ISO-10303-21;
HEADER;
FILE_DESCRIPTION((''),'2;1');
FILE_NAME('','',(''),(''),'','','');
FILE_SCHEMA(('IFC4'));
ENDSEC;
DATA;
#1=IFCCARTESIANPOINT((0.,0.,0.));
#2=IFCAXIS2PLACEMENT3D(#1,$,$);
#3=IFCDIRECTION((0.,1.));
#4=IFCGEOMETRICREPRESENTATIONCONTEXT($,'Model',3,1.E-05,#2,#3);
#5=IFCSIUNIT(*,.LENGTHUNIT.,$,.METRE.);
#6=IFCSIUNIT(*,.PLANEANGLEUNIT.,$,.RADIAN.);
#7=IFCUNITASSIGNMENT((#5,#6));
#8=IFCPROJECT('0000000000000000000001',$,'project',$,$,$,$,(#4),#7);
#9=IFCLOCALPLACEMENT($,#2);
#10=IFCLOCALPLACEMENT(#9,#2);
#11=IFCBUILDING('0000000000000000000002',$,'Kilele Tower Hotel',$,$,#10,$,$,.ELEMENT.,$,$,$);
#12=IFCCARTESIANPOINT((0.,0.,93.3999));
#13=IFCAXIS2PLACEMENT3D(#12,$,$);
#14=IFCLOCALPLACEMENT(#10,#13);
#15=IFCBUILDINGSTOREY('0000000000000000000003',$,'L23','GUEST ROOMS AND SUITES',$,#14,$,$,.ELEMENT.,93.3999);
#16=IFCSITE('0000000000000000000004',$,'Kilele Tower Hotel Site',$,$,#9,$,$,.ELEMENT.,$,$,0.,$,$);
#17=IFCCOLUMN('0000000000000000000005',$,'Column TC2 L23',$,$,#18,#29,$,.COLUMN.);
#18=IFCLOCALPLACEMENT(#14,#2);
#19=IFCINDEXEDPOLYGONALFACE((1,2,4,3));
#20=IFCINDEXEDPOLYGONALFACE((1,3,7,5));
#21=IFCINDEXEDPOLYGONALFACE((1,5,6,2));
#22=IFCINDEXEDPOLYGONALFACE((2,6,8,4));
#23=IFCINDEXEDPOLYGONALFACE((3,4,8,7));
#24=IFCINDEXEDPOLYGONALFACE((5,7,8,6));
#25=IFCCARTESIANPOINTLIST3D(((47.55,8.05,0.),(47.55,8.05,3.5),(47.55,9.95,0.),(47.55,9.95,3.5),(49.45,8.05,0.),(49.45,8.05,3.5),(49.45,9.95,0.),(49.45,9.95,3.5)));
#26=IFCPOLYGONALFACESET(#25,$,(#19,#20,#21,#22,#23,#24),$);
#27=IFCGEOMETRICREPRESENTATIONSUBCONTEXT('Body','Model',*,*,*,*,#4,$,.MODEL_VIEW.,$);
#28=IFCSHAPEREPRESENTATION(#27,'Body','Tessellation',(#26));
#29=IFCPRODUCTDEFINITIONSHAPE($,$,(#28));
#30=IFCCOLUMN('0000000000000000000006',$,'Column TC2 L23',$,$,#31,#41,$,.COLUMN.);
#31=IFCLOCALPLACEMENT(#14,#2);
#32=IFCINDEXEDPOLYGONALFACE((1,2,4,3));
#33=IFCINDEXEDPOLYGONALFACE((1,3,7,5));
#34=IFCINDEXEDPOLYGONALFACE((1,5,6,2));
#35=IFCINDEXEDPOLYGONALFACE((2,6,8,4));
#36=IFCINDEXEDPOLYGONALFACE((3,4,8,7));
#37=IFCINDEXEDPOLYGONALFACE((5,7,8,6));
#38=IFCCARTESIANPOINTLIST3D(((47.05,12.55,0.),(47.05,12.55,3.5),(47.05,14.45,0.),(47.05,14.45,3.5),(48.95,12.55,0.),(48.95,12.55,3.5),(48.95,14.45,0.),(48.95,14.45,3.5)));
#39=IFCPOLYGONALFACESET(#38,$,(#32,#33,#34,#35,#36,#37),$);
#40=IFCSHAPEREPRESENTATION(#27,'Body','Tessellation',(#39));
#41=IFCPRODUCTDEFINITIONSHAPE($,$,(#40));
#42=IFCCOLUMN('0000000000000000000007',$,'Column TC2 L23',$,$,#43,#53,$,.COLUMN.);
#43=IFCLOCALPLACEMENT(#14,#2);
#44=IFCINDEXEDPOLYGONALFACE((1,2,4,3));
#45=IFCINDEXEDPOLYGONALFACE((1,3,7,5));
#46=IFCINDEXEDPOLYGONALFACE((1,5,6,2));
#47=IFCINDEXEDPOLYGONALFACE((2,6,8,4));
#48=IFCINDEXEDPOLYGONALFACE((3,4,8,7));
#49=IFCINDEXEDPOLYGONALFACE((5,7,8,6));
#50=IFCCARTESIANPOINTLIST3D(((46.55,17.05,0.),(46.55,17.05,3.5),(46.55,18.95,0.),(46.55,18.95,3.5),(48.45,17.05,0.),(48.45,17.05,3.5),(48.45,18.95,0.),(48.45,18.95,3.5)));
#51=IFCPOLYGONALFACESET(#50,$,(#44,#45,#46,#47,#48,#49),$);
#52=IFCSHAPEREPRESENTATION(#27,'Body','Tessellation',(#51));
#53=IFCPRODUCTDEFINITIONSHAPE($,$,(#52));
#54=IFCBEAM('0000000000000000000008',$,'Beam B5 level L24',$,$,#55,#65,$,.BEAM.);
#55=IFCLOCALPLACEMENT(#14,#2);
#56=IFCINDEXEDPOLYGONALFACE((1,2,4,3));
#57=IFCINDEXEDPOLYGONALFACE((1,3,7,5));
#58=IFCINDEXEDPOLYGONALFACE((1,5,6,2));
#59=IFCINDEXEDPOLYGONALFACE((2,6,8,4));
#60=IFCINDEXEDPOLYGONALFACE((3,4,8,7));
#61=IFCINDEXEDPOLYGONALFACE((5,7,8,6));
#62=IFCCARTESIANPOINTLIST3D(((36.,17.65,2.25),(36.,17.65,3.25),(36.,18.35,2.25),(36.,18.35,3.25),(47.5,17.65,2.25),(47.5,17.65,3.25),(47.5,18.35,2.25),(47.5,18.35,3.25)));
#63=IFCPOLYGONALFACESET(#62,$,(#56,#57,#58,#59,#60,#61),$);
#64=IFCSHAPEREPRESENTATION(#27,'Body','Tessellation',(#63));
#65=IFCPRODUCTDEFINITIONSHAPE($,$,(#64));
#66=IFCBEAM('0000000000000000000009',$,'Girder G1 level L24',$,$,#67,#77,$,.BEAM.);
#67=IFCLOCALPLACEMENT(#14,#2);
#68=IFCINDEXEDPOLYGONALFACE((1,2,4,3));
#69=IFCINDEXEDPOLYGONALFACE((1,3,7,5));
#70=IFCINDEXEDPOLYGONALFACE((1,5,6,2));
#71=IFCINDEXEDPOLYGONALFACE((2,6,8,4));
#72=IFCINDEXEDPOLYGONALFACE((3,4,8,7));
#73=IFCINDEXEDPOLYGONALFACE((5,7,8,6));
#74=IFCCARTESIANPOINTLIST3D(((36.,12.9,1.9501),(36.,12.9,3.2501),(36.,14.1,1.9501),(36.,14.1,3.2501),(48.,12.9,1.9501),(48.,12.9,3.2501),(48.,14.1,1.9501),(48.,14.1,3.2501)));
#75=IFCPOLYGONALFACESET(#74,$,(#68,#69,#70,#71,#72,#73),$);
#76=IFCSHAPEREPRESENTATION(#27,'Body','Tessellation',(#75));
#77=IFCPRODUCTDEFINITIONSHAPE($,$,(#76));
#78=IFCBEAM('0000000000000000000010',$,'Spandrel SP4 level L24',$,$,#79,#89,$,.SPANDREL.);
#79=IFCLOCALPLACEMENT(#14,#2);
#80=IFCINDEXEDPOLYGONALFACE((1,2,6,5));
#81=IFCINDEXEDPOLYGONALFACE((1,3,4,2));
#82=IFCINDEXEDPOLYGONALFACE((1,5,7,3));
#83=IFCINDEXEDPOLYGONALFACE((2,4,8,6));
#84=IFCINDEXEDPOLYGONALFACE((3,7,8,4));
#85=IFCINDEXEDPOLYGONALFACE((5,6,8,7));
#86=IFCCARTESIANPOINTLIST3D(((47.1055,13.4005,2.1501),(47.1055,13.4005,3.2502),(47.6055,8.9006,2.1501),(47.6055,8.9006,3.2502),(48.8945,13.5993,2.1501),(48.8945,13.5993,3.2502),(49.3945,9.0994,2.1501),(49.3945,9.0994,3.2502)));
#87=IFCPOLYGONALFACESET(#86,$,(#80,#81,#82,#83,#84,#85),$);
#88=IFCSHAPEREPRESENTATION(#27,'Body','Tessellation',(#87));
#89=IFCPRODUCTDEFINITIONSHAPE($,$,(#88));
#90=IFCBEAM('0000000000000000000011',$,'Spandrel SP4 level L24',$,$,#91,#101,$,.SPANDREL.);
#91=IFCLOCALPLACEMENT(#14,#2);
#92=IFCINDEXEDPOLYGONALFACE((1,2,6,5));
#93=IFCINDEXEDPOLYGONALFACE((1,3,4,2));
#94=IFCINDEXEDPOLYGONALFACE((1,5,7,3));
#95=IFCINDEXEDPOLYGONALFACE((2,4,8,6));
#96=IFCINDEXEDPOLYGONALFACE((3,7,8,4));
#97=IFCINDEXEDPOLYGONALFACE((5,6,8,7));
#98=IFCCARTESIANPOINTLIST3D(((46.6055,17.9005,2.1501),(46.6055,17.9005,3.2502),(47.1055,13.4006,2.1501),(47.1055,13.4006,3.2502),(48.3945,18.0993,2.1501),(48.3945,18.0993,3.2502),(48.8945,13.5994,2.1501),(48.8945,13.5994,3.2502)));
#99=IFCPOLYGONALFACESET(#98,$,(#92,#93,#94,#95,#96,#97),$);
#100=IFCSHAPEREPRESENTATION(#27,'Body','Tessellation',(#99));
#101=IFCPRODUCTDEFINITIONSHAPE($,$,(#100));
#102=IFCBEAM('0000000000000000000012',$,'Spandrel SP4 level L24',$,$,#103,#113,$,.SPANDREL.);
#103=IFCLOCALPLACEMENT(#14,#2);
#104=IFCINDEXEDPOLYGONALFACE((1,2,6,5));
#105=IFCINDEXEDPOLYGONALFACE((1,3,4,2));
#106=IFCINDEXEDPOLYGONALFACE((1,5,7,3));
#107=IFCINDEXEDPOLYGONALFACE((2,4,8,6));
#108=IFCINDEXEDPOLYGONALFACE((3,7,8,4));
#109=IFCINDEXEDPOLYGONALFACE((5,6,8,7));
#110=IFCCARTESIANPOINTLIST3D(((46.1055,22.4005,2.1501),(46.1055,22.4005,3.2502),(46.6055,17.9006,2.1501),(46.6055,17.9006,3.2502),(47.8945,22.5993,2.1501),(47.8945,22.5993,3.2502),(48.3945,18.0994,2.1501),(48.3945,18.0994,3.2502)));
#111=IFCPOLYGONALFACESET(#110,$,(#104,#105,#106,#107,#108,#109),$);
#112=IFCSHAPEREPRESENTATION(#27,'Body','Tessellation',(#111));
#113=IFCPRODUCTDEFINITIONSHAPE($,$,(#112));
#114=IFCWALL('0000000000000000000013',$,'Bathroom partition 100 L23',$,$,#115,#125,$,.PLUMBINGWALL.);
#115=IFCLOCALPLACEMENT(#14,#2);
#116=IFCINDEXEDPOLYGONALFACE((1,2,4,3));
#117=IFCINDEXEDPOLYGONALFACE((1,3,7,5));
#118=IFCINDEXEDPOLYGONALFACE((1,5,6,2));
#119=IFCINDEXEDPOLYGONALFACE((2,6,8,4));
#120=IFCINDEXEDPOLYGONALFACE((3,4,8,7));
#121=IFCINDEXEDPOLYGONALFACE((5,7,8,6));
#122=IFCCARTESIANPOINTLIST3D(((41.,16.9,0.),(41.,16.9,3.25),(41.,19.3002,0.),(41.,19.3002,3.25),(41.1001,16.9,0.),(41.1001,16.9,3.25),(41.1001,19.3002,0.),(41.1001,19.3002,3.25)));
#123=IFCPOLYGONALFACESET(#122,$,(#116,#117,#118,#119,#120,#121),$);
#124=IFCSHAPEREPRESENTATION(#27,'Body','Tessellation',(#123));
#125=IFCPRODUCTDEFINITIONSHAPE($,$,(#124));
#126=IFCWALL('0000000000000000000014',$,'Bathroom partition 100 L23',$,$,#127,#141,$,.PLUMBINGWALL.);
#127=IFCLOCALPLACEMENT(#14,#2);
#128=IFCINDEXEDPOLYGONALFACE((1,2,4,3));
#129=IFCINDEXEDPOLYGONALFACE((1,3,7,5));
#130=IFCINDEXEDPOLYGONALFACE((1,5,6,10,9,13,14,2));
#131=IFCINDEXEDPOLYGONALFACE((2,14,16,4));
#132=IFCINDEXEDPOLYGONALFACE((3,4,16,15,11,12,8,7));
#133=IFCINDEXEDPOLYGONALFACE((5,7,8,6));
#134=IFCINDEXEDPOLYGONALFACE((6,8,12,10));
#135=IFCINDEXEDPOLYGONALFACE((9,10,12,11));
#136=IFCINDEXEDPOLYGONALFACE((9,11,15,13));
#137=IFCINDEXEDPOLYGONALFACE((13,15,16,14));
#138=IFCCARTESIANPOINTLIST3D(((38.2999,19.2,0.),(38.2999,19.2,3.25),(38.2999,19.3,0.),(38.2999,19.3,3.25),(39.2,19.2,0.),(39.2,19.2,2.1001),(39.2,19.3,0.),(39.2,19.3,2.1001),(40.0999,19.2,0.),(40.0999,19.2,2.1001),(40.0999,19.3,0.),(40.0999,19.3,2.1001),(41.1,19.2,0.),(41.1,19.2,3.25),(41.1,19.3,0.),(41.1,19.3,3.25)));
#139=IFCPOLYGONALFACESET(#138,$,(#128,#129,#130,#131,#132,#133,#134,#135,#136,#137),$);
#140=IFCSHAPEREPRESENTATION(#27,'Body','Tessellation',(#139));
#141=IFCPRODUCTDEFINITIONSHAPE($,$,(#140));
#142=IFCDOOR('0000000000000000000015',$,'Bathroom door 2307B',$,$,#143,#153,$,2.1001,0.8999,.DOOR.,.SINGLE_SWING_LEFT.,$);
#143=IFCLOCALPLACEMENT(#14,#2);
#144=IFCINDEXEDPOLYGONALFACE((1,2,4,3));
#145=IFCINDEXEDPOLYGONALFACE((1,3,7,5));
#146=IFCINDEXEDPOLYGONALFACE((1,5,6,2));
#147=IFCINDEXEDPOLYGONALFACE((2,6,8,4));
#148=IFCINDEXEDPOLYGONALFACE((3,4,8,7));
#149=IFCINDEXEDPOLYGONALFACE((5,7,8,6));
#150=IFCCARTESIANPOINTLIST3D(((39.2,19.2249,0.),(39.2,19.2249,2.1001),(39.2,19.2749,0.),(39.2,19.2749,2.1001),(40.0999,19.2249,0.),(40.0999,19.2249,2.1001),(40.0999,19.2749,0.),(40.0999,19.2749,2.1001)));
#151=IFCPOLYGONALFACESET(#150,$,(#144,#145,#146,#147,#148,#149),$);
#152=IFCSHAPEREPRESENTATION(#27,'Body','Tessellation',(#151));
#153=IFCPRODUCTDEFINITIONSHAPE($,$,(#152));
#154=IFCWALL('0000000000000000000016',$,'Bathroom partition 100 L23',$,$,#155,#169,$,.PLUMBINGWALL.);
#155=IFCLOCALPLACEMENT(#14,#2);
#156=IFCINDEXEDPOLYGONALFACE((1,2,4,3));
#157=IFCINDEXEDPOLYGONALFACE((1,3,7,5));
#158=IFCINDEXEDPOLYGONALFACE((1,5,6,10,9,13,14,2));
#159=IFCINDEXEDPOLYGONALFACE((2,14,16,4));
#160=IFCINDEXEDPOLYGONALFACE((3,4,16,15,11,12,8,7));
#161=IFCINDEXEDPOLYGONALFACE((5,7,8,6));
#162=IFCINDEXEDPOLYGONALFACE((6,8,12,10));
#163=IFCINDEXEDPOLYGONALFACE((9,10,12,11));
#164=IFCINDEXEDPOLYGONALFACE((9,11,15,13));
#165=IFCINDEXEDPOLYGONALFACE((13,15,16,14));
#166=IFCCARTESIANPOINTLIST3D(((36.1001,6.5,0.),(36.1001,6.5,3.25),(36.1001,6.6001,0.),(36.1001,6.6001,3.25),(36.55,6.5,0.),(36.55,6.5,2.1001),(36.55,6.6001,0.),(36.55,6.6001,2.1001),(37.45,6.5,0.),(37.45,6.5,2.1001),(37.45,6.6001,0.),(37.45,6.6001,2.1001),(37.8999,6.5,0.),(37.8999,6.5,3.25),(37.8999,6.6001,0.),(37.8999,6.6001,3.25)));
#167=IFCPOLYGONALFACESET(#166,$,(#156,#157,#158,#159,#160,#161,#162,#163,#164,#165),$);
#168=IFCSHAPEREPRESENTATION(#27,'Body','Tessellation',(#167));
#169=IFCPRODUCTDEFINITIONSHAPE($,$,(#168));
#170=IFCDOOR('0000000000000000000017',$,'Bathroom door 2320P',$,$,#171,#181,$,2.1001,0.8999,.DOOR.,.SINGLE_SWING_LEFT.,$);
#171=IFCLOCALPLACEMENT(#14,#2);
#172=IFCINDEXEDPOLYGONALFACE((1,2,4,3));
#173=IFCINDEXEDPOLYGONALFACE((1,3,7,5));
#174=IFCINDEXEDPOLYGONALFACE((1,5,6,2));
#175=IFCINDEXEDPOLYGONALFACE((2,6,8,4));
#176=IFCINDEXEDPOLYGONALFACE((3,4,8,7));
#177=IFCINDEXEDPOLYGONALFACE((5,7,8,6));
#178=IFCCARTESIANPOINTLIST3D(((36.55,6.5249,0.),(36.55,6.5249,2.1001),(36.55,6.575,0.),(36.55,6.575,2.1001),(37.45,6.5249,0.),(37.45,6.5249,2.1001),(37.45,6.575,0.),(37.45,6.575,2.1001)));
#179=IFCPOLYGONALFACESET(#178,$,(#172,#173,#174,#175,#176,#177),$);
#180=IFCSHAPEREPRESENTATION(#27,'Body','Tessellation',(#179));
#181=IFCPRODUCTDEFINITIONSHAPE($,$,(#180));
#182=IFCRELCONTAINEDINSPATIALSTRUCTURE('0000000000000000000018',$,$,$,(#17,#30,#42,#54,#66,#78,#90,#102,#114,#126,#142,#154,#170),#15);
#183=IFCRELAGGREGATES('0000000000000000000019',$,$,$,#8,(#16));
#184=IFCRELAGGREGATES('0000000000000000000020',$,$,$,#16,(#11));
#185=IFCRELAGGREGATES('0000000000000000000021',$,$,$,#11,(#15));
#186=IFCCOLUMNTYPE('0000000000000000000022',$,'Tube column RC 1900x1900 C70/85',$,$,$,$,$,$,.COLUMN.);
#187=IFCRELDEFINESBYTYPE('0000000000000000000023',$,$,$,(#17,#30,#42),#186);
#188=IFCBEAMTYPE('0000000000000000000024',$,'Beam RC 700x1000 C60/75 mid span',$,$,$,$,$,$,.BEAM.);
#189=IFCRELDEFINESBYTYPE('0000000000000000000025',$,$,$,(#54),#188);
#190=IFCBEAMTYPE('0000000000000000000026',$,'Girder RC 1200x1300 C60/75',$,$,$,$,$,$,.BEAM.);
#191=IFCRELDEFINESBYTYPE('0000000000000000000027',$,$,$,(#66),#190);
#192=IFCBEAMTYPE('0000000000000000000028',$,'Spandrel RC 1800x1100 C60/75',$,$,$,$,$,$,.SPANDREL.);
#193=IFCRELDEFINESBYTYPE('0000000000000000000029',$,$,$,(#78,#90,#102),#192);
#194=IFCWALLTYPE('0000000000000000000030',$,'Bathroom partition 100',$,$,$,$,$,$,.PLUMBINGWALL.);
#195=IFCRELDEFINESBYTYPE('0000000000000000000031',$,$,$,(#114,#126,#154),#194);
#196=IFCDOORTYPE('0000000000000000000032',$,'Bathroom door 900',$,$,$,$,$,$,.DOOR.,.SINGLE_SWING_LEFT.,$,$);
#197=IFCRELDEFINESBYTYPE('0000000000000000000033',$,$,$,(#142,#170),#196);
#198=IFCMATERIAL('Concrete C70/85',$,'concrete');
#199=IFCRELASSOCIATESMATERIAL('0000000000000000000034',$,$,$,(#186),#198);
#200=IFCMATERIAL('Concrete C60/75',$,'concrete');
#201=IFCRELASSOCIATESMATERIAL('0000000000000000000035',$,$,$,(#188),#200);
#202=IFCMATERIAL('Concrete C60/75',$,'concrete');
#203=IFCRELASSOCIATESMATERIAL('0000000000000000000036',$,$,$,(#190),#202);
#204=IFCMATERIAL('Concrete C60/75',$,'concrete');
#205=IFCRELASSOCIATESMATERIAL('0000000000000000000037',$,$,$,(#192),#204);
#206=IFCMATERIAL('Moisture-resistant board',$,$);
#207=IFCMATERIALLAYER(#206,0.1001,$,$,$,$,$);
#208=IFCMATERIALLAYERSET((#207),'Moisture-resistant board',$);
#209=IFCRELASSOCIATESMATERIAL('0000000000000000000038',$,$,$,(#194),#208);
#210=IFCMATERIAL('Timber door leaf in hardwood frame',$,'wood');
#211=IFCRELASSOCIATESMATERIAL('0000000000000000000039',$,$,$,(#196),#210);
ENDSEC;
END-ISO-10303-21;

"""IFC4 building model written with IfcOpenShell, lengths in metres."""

from ifc_helpers import new_model, si_unit, direction, frame, frame_2d, origin, origin_2d, place, context, subcontext, project, spatial, rectangle, extrude, material, layer, layer_set, material_profile, profile_set, type_object, element, fill, save


model = new_model("IFC4")

# Units and contexts
model_context = context("Model", 3, precision=1e-05, world=origin(), true_north=direction((0.0, 1.0)))
body_context = subcontext(model_context, "Body", "Model", "MODEL_VIEW")
ifc_project = project(units=[si_unit("LENGTHUNIT", "METRE"), si_unit("PLANEANGLEUNIT", "RADIAN")], contexts=[model_context])

# Site, building, storey
site_placement = place(None, origin())
site = spatial("IfcSite", under=ifc_project, at=site_placement, Name="Kilele Tower Hotel Site", CompositionType="ELEMENT", RefElevation=0.0)
building_placement = place(site_placement, origin())
building = spatial("IfcBuilding", under=site, at=building_placement, Name="Kilele Tower Hotel", CompositionType="ELEMENT")
storey_placement = place(building_placement, frame((0.0, 0.0, 93.3999)))
storey = spatial("IfcBuildingStorey", under=building, at=storey_placement, Name="L23", Description="GUEST ROOMS AND SUITES", CompositionType="ELEMENT", Elevation=93.3999)

# Columns
ifc_material_1 = material(Name="Concrete C70/85", Category="concrete")
ifc_material_profile_1 = material_profile(ifc_material_1, rectangle(XDim=1.8999, YDim=1.8999, at=origin_2d()))
ifc_profile_set_1 = profile_set([ifc_material_profile_1], Name="Concrete C70/85")
column_type = type_object("IfcColumnType", Name="Tube column RC 1900x1900 C70/85", PredefinedType="COLUMN", material=ifc_profile_set_1)
for number, where, z_axis, x_axis, name in (
    (1, (48.5, 9.0, 0.0), (0.0, 0.0, 1.0), (1.0, 0.0, 0.0), "Column TC2 L23"),
    (2, (48.0, 13.5, 0.0), (0.0, 0.0, 1.0), (1.0, 0.0, 0.0), "Column TC2 L23"),
    (3, (47.5, 18.0, 0.0), (0.0, 0.0, 1.0), (1.0, 0.0, 0.0), "Column TC2 L23"),
):
    element("IfcColumn", number, at=place(storey_placement, frame(where, z_axis=z_axis, x_axis=x_axis)), inside=storey, type_object=column_type, Name=name, PredefinedType="COLUMN", context=body_context, shape_type="SweptSolid", body=[
        extrude(rectangle(XDim=1.8999, YDim=1.8999, at=origin_2d()), origin(), (0.0, 0.0, 1.0), 3.5),
    ])

# Beams
ifc_material_2 = material(Name="Concrete C60/75", Category="concrete")
ifc_material_profile_2 = material_profile(ifc_material_2, rectangle(XDim=0.7, YDim=1.0, at=origin_2d()))
ifc_profile_set_2 = profile_set([ifc_material_profile_2], Name="Concrete C60/75")
beam_type_1 = type_object("IfcBeamType", Name="Beam RC 700x1000 C60/75 mid span", PredefinedType="BEAM", material=ifc_profile_set_2)
beam_1_placement = place(storey_placement, frame((47.5, 18.0, 2.75), z_axis=(-1.0, 0.0, 0.0), x_axis=(0.0, -1.0, 0.0)))
element("IfcBeam", 4, at=beam_1_placement, inside=storey, type_object=beam_type_1, Name="Beam B5 level L24", PredefinedType="BEAM", context=body_context, shape_type="SweptSolid", body=[
    extrude(rectangle(XDim=0.7, YDim=1.0, at=origin_2d()), origin(), (0.0, 0.0, 1.0), 11.5),
])
ifc_material_3 = material(Name="Concrete C60/75", Category="concrete")
ifc_material_profile_3 = material_profile(ifc_material_3, rectangle(XDim=1.2, YDim=1.3, at=origin_2d()))
ifc_profile_set_3 = profile_set([ifc_material_profile_3], Name="Concrete C60/75")
beam_type_2 = type_object("IfcBeamType", Name="Girder RC 1200x1300 C60/75", PredefinedType="BEAM", material=ifc_profile_set_3)
beam_2_placement = place(storey_placement, frame((48.0, 13.5, 2.6001), z_axis=(-1.0, 0.0, 0.0), x_axis=(0.0, -1.0, 0.0)))
element("IfcBeam", 5, at=beam_2_placement, inside=storey, type_object=beam_type_2, Name="Girder G1 level L24", PredefinedType="BEAM", context=body_context, shape_type="SweptSolid", body=[
    extrude(rectangle(XDim=1.2, YDim=1.3, at=origin_2d()), origin(), (0.0, 0.0, 1.0), 12.0),
])
ifc_material_4 = material(Name="Concrete C60/75", Category="concrete")
ifc_material_profile_4 = material_profile(ifc_material_4, rectangle(XDim=1.8, YDim=1.1001, at=origin_2d()))
ifc_profile_set_4 = profile_set([ifc_material_profile_4], Name="Concrete C60/75")
beam_type_3 = type_object("IfcBeamType", Name="Spandrel RC 1800x1100 C60/75", PredefinedType="SPANDREL", material=ifc_profile_set_4)
for number, where, z_axis, x_axis, name in (
    (6, (48.5, 9.0, 2.7002), (-0.110432, 0.993884, 0.0), (-0.993884, -0.110432, 0.0), "Spandrel SP4 level L24"),
    (7, (48.0, 13.5, 2.7002), (-0.110432, 0.993884, 0.0), (-0.993884, -0.110432, 0.0), "Spandrel SP4 level L24"),
    (8, (47.5, 18.0, 2.7002), (-0.110432, 0.993884, 0.0), (-0.993884, -0.110432, 0.0), "Spandrel SP4 level L24"),
):
    element("IfcBeam", number, at=place(storey_placement, frame(where, z_axis=z_axis, x_axis=x_axis)), inside=storey, type_object=beam_type_3, Name=name, PredefinedType="SPANDREL", context=body_context, shape_type="SweptSolid", body=[
        extrude(rectangle(XDim=1.8, YDim=1.1001, at=origin_2d()), origin(), (0.0, 0.0, 1.0), 4.5276),
    ])

# Wall
ifc_material_5 = material(Name="Moisture-resistant board")
ifc_layer_1 = layer(ifc_material_5, 0.1001)
ifc_layer_set_1 = layer_set([ifc_layer_1], Name="Moisture-resistant board")
wall_type_1 = type_object("IfcWallType", Name="Bathroom partition 100", PredefinedType="PLUMBINGWALL", material=ifc_layer_set_1)
wall_1_placement = place(storey_placement, frame((41.05, 16.8999, 0.0), z_axis=(0.0, 0.0, 1.0), x_axis=(0.0, 1.0, 0.0)))
element("IfcWall", 9, at=wall_1_placement, inside=storey, type_object=wall_type_1, Name="Bathroom partition 100 L23", PredefinedType="PLUMBINGWALL", context=body_context, shape_type="SweptSolid", body=[
    extrude(rectangle(XDim=2.4001, YDim=0.1001, at=frame_2d((1.2002, 0.0))), origin(), (0.0, 0.0, 1.0), 3.25),
])

# Walls, openings, doors
wall_2_placement = place(storey_placement, frame((38.3, 19.25, 0.0), z_axis=(0.0, 0.0, 1.0), x_axis=(1.0, 0.0, 0.0)))
wall_2 = element("IfcWall", 10, at=wall_2_placement, inside=storey, type_object=wall_type_1, Name="Bathroom partition 100 L23", PredefinedType="PLUMBINGWALL", context=body_context, shape_type="SweptSolid", body=[
    extrude(rectangle(XDim=2.8, YDim=0.1001, at=frame_2d((1.3999, 0.0))), origin(), (0.0, 0.0, 1.0), 3.25),
])
opening_1_placement = place(wall_2_placement, frame((0.8999, 0.0, 0.0)))
opening_1 = element("IfcOpeningElement", 11, at=opening_1_placement, cuts=wall_2, PredefinedType="OPENING", context=body_context, shape_type="SweptSolid", body=[
    extrude(rectangle(XDim=0.8999, YDim=2.1001, at=frame_2d((0.45, 1.05))), frame((0.0, 0.0601, 0.0), z_axis=(0.0, -1.0, 0.0), x_axis=(1.0, 0.0, 0.0)), (0.0, 0.0, 1.0), 0.1201),
])
ifc_material_6 = material(Name="Timber door leaf in hardwood frame", Category="wood")
door_type_1 = type_object("IfcDoorType", Name="Bathroom door 900", OperationType="SINGLE_SWING_LEFT", PredefinedType="DOOR", material=ifc_material_6)
door_1_placement = place(opening_1_placement, origin())
door_1 = element("IfcDoor", 12, at=door_1_placement, inside=storey, type_object=door_type_1, Name="Bathroom door 2307B", OperationType="SINGLE_SWING_LEFT", OverallHeight=2.1001, OverallWidth=0.8999, PredefinedType="DOOR", context=body_context, shape_type="SweptSolid", body=[
    extrude(rectangle(XDim=0.8999, YDim=2.1001, at=frame_2d((0.45, 1.05))), frame((0.0, 0.0249, 0.0), z_axis=(0.0, -1.0, 0.0), x_axis=(1.0, 0.0, 0.0)), (0.0, 0.0, 1.0), 0.05),
])
fill(opening_1, door_1)
wall_3_placement = place(storey_placement, frame((36.1001, 6.55, 0.0), z_axis=(0.0, 0.0, 1.0), x_axis=(1.0, 0.0, 0.0)))
wall_3 = element("IfcWall", 13, at=wall_3_placement, inside=storey, type_object=wall_type_1, Name="Bathroom partition 100 L23", PredefinedType="PLUMBINGWALL", context=body_context, shape_type="SweptSolid", body=[
    extrude(rectangle(XDim=1.7998, YDim=0.1001, at=frame_2d((0.8999, 0.0))), origin(), (0.0, 0.0, 1.0), 3.25),
])
opening_2_placement = place(wall_3_placement, frame((0.45, 0.0, 0.0)))
opening_2 = element("IfcOpeningElement", 14, at=opening_2_placement, cuts=wall_3, PredefinedType="OPENING", context=body_context, shape_type="SweptSolid", body=[
    extrude(rectangle(XDim=0.8999, YDim=2.1001, at=frame_2d((0.45, 1.05))), frame((0.0, 0.0601, 0.0), z_axis=(0.0, -1.0, 0.0), x_axis=(1.0, 0.0, 0.0)), (0.0, 0.0, 1.0), 0.1201),
])
door_2_placement = place(opening_2_placement, origin())
door_2 = element("IfcDoor", 15, at=door_2_placement, inside=storey, type_object=door_type_1, Name="Bathroom door 2320P", OperationType="SINGLE_SWING_LEFT", OverallHeight=2.1001, OverallWidth=0.8999, PredefinedType="DOOR", context=body_context, shape_type="SweptSolid", body=[
    extrude(rectangle(XDim=0.8999, YDim=2.1001, at=frame_2d((0.45, 1.05))), frame((0.0, 0.0249, 0.0), z_axis=(0.0, -1.0, 0.0), x_axis=(1.0, 0.0, 0.0)), (0.0, 0.0, 1.0), 0.05),
])
fill(opening_2, door_2)

save(model, "model.ifc")
